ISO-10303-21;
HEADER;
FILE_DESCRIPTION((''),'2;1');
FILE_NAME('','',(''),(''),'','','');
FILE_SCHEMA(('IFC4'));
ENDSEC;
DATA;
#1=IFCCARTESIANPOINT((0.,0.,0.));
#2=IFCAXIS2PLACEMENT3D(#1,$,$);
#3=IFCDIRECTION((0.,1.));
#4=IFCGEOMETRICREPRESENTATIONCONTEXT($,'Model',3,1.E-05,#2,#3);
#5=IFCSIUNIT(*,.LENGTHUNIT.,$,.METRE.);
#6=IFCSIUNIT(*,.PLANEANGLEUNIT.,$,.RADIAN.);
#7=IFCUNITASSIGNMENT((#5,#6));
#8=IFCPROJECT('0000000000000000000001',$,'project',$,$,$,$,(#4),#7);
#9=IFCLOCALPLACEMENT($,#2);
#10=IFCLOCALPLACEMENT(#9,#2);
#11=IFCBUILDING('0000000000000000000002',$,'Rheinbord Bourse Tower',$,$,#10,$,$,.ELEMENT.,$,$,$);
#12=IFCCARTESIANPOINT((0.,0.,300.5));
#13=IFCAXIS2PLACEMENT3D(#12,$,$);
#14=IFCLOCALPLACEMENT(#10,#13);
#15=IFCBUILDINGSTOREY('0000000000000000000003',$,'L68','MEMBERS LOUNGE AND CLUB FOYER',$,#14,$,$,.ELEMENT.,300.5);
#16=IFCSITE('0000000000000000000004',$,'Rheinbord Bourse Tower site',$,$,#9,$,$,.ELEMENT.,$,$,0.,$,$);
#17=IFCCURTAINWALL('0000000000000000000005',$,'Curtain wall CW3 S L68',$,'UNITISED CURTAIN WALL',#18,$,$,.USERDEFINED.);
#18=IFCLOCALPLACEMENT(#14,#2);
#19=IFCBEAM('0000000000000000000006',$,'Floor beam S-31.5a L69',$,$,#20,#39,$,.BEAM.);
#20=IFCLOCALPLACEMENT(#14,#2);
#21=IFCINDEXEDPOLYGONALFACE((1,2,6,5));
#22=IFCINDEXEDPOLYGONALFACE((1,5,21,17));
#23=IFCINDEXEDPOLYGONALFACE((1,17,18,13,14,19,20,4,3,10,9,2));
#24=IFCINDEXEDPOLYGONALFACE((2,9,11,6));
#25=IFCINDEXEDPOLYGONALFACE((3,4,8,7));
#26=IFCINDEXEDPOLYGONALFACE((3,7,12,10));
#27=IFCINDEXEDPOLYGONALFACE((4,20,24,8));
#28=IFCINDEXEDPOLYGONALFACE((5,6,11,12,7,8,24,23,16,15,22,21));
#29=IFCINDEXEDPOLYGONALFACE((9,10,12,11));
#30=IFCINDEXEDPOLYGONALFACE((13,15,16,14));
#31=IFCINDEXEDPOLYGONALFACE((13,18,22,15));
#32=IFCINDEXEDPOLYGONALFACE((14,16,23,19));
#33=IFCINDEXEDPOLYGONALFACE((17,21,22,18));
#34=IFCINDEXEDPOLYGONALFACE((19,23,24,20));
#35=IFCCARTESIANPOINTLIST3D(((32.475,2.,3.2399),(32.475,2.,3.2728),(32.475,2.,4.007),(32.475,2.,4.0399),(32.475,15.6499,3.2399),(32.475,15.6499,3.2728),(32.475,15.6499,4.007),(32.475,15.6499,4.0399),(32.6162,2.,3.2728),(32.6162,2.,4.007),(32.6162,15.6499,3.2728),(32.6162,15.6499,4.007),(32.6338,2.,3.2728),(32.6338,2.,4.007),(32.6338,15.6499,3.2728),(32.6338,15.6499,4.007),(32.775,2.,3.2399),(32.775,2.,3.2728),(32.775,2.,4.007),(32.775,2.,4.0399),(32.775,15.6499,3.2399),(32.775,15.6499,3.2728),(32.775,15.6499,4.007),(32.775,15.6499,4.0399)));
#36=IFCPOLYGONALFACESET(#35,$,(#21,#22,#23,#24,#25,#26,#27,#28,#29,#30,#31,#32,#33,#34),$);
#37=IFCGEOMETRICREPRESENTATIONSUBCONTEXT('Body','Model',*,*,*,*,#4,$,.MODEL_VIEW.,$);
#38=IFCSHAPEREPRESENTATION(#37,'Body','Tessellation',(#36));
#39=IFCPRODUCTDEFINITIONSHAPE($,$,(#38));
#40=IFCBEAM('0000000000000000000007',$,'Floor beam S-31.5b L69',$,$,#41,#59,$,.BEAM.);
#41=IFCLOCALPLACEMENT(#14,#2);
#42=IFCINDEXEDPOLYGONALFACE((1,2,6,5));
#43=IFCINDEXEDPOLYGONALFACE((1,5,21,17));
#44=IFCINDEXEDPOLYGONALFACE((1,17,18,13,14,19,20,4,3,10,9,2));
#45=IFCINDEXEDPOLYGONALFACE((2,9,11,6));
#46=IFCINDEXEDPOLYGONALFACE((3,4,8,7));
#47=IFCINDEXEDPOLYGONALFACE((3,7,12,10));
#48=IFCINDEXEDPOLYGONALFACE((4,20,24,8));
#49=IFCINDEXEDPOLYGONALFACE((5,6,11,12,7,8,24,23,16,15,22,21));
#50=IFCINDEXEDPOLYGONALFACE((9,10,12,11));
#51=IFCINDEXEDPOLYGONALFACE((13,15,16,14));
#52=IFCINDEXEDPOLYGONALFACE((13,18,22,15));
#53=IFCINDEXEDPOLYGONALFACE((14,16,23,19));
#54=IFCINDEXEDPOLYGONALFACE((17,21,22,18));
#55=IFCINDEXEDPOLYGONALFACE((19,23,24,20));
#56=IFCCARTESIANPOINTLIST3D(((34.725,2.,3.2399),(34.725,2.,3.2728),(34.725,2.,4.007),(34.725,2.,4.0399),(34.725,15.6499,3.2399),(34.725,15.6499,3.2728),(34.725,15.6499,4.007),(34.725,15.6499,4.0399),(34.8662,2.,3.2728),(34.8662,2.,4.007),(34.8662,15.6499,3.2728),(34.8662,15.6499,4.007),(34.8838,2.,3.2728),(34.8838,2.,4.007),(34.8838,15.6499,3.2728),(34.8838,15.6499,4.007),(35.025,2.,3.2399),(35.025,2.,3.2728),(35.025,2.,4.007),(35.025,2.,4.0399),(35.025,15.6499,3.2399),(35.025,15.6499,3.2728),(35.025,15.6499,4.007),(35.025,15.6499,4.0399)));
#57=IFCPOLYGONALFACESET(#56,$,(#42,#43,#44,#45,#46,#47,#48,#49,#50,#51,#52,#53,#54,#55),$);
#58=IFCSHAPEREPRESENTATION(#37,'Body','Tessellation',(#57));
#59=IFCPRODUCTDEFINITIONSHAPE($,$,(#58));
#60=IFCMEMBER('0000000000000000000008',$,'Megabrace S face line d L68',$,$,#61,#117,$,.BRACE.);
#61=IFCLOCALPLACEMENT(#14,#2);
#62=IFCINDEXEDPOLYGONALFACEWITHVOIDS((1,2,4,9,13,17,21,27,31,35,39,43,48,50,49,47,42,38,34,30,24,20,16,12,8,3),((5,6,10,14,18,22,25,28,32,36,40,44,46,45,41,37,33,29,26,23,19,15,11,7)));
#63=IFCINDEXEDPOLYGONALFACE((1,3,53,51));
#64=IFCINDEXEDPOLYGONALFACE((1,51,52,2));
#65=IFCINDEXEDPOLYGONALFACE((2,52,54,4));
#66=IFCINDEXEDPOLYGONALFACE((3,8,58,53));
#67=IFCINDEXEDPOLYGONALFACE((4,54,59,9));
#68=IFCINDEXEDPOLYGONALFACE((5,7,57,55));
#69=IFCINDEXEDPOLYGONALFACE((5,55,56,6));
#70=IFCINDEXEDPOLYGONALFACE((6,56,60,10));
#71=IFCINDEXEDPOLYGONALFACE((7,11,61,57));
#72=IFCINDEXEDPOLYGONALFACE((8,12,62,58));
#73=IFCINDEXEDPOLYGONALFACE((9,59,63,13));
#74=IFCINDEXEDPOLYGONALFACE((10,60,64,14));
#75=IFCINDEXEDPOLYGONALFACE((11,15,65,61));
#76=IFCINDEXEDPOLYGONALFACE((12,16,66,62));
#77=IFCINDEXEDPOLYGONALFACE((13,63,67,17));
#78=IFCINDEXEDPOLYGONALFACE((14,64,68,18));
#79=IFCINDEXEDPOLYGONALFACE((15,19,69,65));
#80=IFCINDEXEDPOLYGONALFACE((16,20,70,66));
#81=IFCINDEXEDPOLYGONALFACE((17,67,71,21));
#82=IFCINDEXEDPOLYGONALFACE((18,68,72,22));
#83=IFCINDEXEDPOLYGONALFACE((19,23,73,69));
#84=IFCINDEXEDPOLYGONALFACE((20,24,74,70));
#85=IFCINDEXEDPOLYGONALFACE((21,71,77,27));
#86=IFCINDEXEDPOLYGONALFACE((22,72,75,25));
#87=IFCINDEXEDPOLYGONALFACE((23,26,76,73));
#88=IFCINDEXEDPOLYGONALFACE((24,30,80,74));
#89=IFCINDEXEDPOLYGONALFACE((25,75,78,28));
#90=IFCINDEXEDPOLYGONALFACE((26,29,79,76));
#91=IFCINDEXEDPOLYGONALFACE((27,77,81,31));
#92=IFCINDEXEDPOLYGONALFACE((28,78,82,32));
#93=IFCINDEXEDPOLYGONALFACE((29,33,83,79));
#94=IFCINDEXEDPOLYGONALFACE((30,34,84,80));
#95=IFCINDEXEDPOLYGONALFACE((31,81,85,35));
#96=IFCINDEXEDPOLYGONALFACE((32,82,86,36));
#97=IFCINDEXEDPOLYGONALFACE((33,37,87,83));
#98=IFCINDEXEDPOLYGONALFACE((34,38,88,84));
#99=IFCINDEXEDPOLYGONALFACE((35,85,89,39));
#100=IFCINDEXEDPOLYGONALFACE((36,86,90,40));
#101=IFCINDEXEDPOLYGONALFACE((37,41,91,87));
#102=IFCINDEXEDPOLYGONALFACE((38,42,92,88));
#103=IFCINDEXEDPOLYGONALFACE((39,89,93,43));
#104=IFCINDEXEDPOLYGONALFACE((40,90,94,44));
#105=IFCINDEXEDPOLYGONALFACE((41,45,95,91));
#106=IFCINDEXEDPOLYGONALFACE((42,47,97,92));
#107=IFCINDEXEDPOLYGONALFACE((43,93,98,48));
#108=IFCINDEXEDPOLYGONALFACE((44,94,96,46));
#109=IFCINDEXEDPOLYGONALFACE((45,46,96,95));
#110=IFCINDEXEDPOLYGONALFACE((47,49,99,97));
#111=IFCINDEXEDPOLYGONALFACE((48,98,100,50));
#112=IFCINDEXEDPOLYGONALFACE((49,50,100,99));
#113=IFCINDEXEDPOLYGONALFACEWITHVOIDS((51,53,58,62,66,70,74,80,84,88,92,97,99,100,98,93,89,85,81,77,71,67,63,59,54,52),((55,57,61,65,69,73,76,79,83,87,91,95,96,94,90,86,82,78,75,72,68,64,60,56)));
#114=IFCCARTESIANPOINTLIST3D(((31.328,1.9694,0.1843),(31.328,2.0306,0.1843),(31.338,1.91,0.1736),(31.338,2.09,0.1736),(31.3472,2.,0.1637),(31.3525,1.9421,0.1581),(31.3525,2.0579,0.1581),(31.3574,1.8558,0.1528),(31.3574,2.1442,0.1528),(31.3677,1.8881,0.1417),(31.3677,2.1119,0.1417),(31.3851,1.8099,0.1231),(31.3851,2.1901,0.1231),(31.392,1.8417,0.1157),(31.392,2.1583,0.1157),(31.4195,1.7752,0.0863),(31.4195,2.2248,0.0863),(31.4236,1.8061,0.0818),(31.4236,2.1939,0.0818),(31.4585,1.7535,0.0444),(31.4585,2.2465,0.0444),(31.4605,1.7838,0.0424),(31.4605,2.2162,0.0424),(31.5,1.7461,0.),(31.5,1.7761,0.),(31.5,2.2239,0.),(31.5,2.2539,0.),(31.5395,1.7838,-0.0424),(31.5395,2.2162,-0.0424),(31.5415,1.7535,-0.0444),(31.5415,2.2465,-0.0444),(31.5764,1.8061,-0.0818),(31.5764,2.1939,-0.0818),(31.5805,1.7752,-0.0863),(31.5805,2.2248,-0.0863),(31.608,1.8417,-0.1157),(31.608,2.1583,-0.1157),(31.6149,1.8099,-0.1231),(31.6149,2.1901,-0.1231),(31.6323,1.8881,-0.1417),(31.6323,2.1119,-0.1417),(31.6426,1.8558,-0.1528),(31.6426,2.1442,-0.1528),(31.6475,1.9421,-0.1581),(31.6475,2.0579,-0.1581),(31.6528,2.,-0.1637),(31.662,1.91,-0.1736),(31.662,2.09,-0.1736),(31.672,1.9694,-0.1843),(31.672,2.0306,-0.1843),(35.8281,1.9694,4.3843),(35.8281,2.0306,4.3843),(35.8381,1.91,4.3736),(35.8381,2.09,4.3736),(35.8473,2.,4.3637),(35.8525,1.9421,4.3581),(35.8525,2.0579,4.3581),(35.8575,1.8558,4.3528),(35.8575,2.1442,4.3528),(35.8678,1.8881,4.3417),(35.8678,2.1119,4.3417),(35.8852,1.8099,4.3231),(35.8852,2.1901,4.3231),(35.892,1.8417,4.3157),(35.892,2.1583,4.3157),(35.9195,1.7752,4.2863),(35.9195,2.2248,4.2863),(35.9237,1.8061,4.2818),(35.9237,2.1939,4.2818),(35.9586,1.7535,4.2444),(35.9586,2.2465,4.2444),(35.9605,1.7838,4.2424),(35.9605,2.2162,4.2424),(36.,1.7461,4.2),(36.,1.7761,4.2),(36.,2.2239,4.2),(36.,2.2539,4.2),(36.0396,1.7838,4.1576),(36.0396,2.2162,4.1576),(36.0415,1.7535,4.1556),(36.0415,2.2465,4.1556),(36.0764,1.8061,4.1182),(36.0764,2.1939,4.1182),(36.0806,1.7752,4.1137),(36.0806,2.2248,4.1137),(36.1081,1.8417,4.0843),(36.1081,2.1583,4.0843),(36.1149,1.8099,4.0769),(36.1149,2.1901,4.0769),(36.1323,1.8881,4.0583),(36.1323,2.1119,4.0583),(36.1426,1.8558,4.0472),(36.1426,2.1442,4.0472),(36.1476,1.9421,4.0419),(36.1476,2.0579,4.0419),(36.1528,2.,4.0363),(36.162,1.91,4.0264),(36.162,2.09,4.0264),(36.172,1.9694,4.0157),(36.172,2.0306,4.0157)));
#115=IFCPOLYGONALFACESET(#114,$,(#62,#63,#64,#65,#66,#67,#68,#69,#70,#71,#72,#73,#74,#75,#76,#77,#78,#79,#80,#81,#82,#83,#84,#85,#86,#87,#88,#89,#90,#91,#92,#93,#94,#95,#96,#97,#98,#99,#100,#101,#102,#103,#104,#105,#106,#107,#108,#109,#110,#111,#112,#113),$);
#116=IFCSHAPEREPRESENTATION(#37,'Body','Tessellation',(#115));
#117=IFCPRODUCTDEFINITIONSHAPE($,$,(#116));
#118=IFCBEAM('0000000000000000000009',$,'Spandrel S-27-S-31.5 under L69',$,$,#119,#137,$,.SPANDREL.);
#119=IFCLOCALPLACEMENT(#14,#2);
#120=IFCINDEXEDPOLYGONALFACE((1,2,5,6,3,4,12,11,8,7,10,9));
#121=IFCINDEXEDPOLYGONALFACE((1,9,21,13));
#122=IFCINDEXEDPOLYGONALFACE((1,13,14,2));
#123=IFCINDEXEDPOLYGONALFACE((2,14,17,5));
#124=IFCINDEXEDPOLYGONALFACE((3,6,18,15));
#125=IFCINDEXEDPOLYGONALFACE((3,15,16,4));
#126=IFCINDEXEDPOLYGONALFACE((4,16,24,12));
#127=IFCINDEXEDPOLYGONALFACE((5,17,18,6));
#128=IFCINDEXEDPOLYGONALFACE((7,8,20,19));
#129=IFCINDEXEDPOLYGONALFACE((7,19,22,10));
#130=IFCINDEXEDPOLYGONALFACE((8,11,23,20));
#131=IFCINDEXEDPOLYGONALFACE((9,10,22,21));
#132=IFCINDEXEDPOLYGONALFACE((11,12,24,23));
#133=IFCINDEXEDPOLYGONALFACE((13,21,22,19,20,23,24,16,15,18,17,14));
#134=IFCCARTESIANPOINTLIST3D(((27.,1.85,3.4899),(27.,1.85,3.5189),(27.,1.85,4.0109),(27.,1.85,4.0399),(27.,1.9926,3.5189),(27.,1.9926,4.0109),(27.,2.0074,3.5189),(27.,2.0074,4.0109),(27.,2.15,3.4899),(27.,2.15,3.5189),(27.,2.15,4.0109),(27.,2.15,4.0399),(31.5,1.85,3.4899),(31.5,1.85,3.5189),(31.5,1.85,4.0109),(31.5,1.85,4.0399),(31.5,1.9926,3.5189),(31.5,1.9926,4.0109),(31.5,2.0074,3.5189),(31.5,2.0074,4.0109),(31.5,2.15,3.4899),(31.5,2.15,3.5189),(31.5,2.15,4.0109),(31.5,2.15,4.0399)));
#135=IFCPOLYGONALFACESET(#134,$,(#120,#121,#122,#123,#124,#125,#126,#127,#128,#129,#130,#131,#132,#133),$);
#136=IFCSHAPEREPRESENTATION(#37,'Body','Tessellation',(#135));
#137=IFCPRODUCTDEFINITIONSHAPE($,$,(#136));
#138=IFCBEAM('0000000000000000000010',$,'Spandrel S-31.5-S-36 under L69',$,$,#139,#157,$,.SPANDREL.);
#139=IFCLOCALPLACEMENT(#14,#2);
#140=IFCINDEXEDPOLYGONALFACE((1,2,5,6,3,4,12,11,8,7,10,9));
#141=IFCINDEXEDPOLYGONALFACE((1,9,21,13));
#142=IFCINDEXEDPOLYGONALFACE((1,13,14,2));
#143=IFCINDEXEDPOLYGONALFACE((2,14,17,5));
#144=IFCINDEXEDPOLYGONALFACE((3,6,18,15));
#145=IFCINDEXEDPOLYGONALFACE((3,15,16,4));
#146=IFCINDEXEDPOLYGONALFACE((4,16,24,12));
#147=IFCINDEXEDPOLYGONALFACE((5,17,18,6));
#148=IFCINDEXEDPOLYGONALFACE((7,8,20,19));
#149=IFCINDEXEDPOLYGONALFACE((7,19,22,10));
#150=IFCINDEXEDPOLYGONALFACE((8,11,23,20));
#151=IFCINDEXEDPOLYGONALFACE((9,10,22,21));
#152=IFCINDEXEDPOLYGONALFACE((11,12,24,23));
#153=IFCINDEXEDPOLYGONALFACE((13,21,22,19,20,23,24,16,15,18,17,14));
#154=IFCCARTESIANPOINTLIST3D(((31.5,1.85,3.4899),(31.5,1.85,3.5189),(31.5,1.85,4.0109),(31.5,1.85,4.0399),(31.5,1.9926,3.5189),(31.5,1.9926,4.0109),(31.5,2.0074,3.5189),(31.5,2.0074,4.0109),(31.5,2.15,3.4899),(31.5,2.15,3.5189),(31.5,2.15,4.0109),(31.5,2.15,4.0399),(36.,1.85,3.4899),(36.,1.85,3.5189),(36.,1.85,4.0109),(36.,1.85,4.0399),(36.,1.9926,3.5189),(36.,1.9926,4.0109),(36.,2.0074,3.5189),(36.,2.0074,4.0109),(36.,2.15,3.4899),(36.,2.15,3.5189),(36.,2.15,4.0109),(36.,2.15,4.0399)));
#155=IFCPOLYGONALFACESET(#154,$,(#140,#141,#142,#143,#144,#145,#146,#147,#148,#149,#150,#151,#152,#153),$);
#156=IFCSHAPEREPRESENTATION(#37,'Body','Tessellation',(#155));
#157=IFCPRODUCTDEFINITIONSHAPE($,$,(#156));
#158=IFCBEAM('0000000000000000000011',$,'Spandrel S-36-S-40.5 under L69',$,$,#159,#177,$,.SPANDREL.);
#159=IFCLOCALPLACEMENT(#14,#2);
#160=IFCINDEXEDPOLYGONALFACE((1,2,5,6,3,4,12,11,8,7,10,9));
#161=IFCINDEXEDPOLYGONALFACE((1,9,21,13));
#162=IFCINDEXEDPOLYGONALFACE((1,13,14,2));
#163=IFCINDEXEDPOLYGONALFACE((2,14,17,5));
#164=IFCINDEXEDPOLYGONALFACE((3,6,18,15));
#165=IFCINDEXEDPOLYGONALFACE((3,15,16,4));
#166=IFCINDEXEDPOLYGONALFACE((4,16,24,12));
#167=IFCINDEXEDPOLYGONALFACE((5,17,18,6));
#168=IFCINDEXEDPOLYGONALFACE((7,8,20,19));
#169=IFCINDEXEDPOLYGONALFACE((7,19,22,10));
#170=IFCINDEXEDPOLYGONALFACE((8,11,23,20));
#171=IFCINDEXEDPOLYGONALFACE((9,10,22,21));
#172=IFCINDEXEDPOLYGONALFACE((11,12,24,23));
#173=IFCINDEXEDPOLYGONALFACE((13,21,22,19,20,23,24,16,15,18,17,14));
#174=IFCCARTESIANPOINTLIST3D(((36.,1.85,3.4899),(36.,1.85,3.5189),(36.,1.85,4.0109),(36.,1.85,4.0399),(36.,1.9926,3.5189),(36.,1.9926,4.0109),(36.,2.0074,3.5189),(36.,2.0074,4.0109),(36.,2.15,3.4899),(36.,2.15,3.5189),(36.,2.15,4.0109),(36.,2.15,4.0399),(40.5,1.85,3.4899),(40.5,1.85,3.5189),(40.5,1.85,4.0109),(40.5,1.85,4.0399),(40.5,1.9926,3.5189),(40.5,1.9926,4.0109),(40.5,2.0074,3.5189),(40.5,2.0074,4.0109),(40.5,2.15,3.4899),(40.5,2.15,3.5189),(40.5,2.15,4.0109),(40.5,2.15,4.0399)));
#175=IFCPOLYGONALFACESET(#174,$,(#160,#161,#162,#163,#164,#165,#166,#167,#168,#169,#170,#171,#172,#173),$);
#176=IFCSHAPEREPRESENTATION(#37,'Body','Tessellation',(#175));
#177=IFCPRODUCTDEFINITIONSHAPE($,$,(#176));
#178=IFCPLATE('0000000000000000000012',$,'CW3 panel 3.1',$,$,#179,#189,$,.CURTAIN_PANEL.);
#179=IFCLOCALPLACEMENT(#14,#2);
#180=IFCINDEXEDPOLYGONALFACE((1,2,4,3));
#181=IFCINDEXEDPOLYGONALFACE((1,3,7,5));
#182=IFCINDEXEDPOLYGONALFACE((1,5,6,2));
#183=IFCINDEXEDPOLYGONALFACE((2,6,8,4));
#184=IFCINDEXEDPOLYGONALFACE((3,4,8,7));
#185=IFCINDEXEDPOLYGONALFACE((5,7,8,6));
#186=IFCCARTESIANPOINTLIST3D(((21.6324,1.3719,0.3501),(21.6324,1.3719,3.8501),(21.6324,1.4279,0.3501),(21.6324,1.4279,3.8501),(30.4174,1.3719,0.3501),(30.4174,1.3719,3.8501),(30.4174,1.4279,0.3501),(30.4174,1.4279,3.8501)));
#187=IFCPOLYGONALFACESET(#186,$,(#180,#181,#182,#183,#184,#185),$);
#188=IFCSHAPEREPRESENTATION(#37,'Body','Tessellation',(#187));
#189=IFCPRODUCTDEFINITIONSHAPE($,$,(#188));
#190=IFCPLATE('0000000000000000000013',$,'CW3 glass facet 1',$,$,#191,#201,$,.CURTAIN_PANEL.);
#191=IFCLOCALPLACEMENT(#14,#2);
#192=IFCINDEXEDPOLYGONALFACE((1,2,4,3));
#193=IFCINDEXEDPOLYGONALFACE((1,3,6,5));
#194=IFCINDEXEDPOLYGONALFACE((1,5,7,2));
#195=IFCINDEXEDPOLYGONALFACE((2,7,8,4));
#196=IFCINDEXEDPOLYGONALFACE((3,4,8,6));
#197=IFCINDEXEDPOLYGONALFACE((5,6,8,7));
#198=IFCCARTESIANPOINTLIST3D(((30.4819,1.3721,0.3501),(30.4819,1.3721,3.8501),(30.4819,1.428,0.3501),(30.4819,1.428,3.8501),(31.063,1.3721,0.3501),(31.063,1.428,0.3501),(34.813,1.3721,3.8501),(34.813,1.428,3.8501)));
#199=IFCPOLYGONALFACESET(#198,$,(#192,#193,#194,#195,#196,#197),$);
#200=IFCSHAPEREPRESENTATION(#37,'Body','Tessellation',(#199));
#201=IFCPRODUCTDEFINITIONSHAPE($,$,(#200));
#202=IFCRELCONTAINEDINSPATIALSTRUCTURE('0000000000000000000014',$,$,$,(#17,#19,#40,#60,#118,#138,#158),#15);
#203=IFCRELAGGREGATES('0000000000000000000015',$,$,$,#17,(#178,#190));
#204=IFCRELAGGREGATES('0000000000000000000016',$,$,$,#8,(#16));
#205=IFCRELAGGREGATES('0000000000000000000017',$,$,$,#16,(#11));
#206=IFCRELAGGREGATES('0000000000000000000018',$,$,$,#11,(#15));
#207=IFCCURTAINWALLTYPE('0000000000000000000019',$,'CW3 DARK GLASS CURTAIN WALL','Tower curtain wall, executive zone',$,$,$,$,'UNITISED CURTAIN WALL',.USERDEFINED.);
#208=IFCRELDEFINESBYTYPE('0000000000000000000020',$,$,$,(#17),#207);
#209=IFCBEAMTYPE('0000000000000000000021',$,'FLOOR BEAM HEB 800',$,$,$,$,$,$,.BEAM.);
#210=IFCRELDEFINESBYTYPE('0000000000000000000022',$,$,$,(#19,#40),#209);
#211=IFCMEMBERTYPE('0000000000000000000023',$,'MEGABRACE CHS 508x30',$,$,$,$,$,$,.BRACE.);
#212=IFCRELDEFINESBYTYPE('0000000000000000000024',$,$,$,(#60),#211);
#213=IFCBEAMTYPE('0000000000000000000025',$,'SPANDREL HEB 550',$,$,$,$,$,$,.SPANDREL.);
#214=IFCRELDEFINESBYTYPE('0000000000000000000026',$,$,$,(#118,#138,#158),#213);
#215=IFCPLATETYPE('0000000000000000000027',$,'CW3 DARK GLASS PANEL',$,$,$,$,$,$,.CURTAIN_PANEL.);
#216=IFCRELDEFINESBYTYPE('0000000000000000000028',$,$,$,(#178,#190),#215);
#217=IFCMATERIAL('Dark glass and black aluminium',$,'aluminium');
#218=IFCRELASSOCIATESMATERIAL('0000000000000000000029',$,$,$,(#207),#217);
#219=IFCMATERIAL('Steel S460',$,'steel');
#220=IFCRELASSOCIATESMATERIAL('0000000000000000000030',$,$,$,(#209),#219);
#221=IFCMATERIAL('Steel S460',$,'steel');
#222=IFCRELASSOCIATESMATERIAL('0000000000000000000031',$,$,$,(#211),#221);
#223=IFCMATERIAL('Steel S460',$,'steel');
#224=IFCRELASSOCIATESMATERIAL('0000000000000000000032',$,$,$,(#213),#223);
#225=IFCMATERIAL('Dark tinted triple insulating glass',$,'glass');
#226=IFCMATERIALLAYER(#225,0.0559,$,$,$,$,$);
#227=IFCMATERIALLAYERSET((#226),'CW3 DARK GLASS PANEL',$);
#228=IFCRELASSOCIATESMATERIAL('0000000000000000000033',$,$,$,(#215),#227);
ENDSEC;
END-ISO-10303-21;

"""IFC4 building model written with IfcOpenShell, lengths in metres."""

from ifc_helpers import new_model, si_unit, direction, frame, origin, origin_2d, place, context, subcontext, project, spatial, polyline, rectangle, hollow_circle, i_section, outline, extrude, material, layer, layer_set, material_profile, profile_set, type_object, element, aggregate, save


model = new_model("IFC4")

# Units and contexts
model_context = context("Model", 3, precision=1e-05, world=origin(), true_north=direction((0.0, 1.0)))
body_context = subcontext(model_context, "Body", "Model", "MODEL_VIEW")
ifc_project = project(units=[si_unit("LENGTHUNIT", "METRE"), si_unit("PLANEANGLEUNIT", "RADIAN")], contexts=[model_context])

# Site, building, storey
site_placement = place(None, origin())
site = spatial("IfcSite", under=ifc_project, at=site_placement, Name="Rheinbord Bourse Tower site", CompositionType="ELEMENT", RefElevation=0.0)
building_placement = place(site_placement, origin())
building = spatial("IfcBuilding", under=site, at=building_placement, Name="Rheinbord Bourse Tower", CompositionType="ELEMENT")
storey_placement = place(building_placement, frame((0.0, 0.0, 300.5)))
storey = spatial("IfcBuildingStorey", under=building, at=storey_placement, Name="L68", Description="MEMBERS LOUNGE AND CLUB FOYER", CompositionType="ELEMENT", Elevation=300.5)

# Curtain wall
ifc_material_1 = material(Name="Dark glass and black aluminium", Category="aluminium")
curtain_wall_type = type_object("IfcCurtainWallType", Name="CW3 DARK GLASS CURTAIN WALL", Description="Tower curtain wall, executive zone", ElementType="UNITISED CURTAIN WALL", PredefinedType="USERDEFINED", material=ifc_material_1)
curtain_wall_placement = place(storey_placement, origin())
curtain_wall = element("IfcCurtainWall", 1, at=curtain_wall_placement, inside=storey, type_object=curtain_wall_type, Name="Curtain wall CW3 S L68", ObjectType="UNITISED CURTAIN WALL", PredefinedType="USERDEFINED")

# Beams
ifc_material_2 = material(Name="Steel S460", Category="steel")
ifc_material_profile_1 = material_profile(ifc_material_2, i_section(OverallWidth=0.3, OverallDepth=0.8, WebThickness=0.0176, FlangeThickness=0.033, at=origin_2d()), Name="HEB 800")
ifc_profile_set_1 = profile_set([ifc_material_profile_1], Name="Steel S460")
beam_type_1 = type_object("IfcBeamType", Name="FLOOR BEAM HEB 800", PredefinedType="BEAM", material=ifc_profile_set_1)
for number, where, z_axis, x_axis, name in (
    (2, (32.625, 2.0, 3.6399), (0.0, 1.0, 0.0), (-1.0, 0.0, 0.0), "Floor beam S-31.5a L69"),
    (3, (34.875, 2.0, 3.6399), (0.0, 1.0, 0.0), (-1.0, 0.0, 0.0), "Floor beam S-31.5b L69"),
):
    element("IfcBeam", number, at=place(storey_placement, frame(where, z_axis=z_axis, x_axis=x_axis)), inside=storey, type_object=beam_type_1, Name=name, PredefinedType="BEAM", context=body_context, shape_type="SweptSolid", body=[
        extrude(i_section(OverallWidth=0.3, OverallDepth=0.8, WebThickness=0.0176, FlangeThickness=0.033, at=origin_2d()), origin(), (0.0, 0.0, 1.0), 13.6499),
    ])

# Member
ifc_material_3 = material(Name="Steel S460", Category="steel")
ifc_material_profile_2 = material_profile(ifc_material_3, hollow_circle(Radius=0.2539, WallThickness=0.03, at=origin_2d()), Name="CHS 508x30")
ifc_profile_set_2 = profile_set([ifc_material_profile_2], Name="Steel S460")
member_type_1 = type_object("IfcMemberType", Name="MEGABRACE CHS 508x30", PredefinedType="BRACE", material=ifc_profile_set_2)
member_1_placement = place(storey_placement, frame((31.5, 2.0, 0.0), z_axis=(0.731059, 0.0, 0.682314), x_axis=(0.0, 1.0, 0.0)))
element("IfcMember", 4, at=member_1_placement, inside=storey, type_object=member_type_1, Name="Megabrace S face line d L68", PredefinedType="BRACE", context=body_context, shape_type="SweptSolid", body=[
    extrude(hollow_circle(Radius=0.2539, WallThickness=0.03, at=origin_2d()), origin(), (0.0, 0.0, 1.0), 6.1555),
])

# Beams
ifc_material_4 = material(Name="Steel S460", Category="steel")
ifc_material_profile_3 = material_profile(ifc_material_4, i_section(OverallWidth=0.3, OverallDepth=0.55, WebThickness=0.0149, FlangeThickness=0.0291, at=origin_2d()), Name="HEB 550")
ifc_profile_set_3 = profile_set([ifc_material_profile_3], Name="Steel S460")
beam_type_2 = type_object("IfcBeamType", Name="SPANDREL HEB 550", PredefinedType="SPANDREL", material=ifc_profile_set_3)
for number, where, z_axis, x_axis, name in (
    (5, (27.0, 2.0, 3.7649), (1.0, 0.0, 0.0), (0.0, 1.0, 0.0), "Spandrel S-27-S-31.5 under L69"),
    (6, (31.5, 2.0, 3.7649), (1.0, 0.0, 0.0), (0.0, 1.0, 0.0), "Spandrel S-31.5-S-36 under L69"),
    (7, (36.0, 2.0, 3.7649), (1.0, 0.0, 0.0), (0.0, 1.0, 0.0), "Spandrel S-36-S-40.5 under L69"),
):
    element("IfcBeam", number, at=place(storey_placement, frame(where, z_axis=z_axis, x_axis=x_axis)), inside=storey, type_object=beam_type_2, Name=name, PredefinedType="SPANDREL", context=body_context, shape_type="SweptSolid", body=[
        extrude(i_section(OverallWidth=0.3, OverallDepth=0.55, WebThickness=0.0149, FlangeThickness=0.0291, at=origin_2d()), origin(), (0.0, 0.0, 1.0), 4.5),
    ])

# Plates
ifc_material_5 = material(Name="Dark tinted triple insulating glass", Category="glass")
ifc_layer_1 = layer(ifc_material_5, 0.0559)
ifc_layer_set_1 = layer_set([ifc_layer_1], Name="CW3 DARK GLASS PANEL")
plate_type = type_object("IfcPlateType", Name="CW3 DARK GLASS PANEL", PredefinedType="CURTAIN_PANEL", material=ifc_layer_set_1)
plate_1_placement = place(storey_placement, frame((26.0249, 1.3999, 0.3501), z_axis=(0.0, 0.0, 1.0), x_axis=(1.0, 0.0, 0.0)))
plate_1 = element("IfcPlate", 8, at=plate_1_placement, type_object=plate_type, Name="CW3 panel 3.1", PredefinedType="CURTAIN_PANEL", context=body_context, shape_type="SweptSolid", body=[
    extrude(rectangle(XDim=8.7849, YDim=0.0559, at=origin_2d()), origin(), (0.0, 0.0, 1.0), 3.5),
])
plate_2_placement = place(storey_placement, frame((30.4819, 1.3721, 0.3501), z_axis=(0.0, 1.0, 0.0), x_axis=(0.0, 0.0, 1.0)))
plate_2 = element("IfcPlate", 9, at=plate_2_placement, type_object=plate_type, Name="CW3 glass facet 1", PredefinedType="CURTAIN_PANEL", context=body_context, shape_type="SweptSolid", body=[
    extrude(outline(polyline([(0.0, 0.0), (3.5, 0.0), (3.5, 4.3311), (0.0, 0.5811), (0.0, 0.0)])), origin(), (0.0, 0.0, 1.0), 0.0559),
])
aggregate(curtain_wall, [plate_1, plate_2])

save(model, "model.ifc")
